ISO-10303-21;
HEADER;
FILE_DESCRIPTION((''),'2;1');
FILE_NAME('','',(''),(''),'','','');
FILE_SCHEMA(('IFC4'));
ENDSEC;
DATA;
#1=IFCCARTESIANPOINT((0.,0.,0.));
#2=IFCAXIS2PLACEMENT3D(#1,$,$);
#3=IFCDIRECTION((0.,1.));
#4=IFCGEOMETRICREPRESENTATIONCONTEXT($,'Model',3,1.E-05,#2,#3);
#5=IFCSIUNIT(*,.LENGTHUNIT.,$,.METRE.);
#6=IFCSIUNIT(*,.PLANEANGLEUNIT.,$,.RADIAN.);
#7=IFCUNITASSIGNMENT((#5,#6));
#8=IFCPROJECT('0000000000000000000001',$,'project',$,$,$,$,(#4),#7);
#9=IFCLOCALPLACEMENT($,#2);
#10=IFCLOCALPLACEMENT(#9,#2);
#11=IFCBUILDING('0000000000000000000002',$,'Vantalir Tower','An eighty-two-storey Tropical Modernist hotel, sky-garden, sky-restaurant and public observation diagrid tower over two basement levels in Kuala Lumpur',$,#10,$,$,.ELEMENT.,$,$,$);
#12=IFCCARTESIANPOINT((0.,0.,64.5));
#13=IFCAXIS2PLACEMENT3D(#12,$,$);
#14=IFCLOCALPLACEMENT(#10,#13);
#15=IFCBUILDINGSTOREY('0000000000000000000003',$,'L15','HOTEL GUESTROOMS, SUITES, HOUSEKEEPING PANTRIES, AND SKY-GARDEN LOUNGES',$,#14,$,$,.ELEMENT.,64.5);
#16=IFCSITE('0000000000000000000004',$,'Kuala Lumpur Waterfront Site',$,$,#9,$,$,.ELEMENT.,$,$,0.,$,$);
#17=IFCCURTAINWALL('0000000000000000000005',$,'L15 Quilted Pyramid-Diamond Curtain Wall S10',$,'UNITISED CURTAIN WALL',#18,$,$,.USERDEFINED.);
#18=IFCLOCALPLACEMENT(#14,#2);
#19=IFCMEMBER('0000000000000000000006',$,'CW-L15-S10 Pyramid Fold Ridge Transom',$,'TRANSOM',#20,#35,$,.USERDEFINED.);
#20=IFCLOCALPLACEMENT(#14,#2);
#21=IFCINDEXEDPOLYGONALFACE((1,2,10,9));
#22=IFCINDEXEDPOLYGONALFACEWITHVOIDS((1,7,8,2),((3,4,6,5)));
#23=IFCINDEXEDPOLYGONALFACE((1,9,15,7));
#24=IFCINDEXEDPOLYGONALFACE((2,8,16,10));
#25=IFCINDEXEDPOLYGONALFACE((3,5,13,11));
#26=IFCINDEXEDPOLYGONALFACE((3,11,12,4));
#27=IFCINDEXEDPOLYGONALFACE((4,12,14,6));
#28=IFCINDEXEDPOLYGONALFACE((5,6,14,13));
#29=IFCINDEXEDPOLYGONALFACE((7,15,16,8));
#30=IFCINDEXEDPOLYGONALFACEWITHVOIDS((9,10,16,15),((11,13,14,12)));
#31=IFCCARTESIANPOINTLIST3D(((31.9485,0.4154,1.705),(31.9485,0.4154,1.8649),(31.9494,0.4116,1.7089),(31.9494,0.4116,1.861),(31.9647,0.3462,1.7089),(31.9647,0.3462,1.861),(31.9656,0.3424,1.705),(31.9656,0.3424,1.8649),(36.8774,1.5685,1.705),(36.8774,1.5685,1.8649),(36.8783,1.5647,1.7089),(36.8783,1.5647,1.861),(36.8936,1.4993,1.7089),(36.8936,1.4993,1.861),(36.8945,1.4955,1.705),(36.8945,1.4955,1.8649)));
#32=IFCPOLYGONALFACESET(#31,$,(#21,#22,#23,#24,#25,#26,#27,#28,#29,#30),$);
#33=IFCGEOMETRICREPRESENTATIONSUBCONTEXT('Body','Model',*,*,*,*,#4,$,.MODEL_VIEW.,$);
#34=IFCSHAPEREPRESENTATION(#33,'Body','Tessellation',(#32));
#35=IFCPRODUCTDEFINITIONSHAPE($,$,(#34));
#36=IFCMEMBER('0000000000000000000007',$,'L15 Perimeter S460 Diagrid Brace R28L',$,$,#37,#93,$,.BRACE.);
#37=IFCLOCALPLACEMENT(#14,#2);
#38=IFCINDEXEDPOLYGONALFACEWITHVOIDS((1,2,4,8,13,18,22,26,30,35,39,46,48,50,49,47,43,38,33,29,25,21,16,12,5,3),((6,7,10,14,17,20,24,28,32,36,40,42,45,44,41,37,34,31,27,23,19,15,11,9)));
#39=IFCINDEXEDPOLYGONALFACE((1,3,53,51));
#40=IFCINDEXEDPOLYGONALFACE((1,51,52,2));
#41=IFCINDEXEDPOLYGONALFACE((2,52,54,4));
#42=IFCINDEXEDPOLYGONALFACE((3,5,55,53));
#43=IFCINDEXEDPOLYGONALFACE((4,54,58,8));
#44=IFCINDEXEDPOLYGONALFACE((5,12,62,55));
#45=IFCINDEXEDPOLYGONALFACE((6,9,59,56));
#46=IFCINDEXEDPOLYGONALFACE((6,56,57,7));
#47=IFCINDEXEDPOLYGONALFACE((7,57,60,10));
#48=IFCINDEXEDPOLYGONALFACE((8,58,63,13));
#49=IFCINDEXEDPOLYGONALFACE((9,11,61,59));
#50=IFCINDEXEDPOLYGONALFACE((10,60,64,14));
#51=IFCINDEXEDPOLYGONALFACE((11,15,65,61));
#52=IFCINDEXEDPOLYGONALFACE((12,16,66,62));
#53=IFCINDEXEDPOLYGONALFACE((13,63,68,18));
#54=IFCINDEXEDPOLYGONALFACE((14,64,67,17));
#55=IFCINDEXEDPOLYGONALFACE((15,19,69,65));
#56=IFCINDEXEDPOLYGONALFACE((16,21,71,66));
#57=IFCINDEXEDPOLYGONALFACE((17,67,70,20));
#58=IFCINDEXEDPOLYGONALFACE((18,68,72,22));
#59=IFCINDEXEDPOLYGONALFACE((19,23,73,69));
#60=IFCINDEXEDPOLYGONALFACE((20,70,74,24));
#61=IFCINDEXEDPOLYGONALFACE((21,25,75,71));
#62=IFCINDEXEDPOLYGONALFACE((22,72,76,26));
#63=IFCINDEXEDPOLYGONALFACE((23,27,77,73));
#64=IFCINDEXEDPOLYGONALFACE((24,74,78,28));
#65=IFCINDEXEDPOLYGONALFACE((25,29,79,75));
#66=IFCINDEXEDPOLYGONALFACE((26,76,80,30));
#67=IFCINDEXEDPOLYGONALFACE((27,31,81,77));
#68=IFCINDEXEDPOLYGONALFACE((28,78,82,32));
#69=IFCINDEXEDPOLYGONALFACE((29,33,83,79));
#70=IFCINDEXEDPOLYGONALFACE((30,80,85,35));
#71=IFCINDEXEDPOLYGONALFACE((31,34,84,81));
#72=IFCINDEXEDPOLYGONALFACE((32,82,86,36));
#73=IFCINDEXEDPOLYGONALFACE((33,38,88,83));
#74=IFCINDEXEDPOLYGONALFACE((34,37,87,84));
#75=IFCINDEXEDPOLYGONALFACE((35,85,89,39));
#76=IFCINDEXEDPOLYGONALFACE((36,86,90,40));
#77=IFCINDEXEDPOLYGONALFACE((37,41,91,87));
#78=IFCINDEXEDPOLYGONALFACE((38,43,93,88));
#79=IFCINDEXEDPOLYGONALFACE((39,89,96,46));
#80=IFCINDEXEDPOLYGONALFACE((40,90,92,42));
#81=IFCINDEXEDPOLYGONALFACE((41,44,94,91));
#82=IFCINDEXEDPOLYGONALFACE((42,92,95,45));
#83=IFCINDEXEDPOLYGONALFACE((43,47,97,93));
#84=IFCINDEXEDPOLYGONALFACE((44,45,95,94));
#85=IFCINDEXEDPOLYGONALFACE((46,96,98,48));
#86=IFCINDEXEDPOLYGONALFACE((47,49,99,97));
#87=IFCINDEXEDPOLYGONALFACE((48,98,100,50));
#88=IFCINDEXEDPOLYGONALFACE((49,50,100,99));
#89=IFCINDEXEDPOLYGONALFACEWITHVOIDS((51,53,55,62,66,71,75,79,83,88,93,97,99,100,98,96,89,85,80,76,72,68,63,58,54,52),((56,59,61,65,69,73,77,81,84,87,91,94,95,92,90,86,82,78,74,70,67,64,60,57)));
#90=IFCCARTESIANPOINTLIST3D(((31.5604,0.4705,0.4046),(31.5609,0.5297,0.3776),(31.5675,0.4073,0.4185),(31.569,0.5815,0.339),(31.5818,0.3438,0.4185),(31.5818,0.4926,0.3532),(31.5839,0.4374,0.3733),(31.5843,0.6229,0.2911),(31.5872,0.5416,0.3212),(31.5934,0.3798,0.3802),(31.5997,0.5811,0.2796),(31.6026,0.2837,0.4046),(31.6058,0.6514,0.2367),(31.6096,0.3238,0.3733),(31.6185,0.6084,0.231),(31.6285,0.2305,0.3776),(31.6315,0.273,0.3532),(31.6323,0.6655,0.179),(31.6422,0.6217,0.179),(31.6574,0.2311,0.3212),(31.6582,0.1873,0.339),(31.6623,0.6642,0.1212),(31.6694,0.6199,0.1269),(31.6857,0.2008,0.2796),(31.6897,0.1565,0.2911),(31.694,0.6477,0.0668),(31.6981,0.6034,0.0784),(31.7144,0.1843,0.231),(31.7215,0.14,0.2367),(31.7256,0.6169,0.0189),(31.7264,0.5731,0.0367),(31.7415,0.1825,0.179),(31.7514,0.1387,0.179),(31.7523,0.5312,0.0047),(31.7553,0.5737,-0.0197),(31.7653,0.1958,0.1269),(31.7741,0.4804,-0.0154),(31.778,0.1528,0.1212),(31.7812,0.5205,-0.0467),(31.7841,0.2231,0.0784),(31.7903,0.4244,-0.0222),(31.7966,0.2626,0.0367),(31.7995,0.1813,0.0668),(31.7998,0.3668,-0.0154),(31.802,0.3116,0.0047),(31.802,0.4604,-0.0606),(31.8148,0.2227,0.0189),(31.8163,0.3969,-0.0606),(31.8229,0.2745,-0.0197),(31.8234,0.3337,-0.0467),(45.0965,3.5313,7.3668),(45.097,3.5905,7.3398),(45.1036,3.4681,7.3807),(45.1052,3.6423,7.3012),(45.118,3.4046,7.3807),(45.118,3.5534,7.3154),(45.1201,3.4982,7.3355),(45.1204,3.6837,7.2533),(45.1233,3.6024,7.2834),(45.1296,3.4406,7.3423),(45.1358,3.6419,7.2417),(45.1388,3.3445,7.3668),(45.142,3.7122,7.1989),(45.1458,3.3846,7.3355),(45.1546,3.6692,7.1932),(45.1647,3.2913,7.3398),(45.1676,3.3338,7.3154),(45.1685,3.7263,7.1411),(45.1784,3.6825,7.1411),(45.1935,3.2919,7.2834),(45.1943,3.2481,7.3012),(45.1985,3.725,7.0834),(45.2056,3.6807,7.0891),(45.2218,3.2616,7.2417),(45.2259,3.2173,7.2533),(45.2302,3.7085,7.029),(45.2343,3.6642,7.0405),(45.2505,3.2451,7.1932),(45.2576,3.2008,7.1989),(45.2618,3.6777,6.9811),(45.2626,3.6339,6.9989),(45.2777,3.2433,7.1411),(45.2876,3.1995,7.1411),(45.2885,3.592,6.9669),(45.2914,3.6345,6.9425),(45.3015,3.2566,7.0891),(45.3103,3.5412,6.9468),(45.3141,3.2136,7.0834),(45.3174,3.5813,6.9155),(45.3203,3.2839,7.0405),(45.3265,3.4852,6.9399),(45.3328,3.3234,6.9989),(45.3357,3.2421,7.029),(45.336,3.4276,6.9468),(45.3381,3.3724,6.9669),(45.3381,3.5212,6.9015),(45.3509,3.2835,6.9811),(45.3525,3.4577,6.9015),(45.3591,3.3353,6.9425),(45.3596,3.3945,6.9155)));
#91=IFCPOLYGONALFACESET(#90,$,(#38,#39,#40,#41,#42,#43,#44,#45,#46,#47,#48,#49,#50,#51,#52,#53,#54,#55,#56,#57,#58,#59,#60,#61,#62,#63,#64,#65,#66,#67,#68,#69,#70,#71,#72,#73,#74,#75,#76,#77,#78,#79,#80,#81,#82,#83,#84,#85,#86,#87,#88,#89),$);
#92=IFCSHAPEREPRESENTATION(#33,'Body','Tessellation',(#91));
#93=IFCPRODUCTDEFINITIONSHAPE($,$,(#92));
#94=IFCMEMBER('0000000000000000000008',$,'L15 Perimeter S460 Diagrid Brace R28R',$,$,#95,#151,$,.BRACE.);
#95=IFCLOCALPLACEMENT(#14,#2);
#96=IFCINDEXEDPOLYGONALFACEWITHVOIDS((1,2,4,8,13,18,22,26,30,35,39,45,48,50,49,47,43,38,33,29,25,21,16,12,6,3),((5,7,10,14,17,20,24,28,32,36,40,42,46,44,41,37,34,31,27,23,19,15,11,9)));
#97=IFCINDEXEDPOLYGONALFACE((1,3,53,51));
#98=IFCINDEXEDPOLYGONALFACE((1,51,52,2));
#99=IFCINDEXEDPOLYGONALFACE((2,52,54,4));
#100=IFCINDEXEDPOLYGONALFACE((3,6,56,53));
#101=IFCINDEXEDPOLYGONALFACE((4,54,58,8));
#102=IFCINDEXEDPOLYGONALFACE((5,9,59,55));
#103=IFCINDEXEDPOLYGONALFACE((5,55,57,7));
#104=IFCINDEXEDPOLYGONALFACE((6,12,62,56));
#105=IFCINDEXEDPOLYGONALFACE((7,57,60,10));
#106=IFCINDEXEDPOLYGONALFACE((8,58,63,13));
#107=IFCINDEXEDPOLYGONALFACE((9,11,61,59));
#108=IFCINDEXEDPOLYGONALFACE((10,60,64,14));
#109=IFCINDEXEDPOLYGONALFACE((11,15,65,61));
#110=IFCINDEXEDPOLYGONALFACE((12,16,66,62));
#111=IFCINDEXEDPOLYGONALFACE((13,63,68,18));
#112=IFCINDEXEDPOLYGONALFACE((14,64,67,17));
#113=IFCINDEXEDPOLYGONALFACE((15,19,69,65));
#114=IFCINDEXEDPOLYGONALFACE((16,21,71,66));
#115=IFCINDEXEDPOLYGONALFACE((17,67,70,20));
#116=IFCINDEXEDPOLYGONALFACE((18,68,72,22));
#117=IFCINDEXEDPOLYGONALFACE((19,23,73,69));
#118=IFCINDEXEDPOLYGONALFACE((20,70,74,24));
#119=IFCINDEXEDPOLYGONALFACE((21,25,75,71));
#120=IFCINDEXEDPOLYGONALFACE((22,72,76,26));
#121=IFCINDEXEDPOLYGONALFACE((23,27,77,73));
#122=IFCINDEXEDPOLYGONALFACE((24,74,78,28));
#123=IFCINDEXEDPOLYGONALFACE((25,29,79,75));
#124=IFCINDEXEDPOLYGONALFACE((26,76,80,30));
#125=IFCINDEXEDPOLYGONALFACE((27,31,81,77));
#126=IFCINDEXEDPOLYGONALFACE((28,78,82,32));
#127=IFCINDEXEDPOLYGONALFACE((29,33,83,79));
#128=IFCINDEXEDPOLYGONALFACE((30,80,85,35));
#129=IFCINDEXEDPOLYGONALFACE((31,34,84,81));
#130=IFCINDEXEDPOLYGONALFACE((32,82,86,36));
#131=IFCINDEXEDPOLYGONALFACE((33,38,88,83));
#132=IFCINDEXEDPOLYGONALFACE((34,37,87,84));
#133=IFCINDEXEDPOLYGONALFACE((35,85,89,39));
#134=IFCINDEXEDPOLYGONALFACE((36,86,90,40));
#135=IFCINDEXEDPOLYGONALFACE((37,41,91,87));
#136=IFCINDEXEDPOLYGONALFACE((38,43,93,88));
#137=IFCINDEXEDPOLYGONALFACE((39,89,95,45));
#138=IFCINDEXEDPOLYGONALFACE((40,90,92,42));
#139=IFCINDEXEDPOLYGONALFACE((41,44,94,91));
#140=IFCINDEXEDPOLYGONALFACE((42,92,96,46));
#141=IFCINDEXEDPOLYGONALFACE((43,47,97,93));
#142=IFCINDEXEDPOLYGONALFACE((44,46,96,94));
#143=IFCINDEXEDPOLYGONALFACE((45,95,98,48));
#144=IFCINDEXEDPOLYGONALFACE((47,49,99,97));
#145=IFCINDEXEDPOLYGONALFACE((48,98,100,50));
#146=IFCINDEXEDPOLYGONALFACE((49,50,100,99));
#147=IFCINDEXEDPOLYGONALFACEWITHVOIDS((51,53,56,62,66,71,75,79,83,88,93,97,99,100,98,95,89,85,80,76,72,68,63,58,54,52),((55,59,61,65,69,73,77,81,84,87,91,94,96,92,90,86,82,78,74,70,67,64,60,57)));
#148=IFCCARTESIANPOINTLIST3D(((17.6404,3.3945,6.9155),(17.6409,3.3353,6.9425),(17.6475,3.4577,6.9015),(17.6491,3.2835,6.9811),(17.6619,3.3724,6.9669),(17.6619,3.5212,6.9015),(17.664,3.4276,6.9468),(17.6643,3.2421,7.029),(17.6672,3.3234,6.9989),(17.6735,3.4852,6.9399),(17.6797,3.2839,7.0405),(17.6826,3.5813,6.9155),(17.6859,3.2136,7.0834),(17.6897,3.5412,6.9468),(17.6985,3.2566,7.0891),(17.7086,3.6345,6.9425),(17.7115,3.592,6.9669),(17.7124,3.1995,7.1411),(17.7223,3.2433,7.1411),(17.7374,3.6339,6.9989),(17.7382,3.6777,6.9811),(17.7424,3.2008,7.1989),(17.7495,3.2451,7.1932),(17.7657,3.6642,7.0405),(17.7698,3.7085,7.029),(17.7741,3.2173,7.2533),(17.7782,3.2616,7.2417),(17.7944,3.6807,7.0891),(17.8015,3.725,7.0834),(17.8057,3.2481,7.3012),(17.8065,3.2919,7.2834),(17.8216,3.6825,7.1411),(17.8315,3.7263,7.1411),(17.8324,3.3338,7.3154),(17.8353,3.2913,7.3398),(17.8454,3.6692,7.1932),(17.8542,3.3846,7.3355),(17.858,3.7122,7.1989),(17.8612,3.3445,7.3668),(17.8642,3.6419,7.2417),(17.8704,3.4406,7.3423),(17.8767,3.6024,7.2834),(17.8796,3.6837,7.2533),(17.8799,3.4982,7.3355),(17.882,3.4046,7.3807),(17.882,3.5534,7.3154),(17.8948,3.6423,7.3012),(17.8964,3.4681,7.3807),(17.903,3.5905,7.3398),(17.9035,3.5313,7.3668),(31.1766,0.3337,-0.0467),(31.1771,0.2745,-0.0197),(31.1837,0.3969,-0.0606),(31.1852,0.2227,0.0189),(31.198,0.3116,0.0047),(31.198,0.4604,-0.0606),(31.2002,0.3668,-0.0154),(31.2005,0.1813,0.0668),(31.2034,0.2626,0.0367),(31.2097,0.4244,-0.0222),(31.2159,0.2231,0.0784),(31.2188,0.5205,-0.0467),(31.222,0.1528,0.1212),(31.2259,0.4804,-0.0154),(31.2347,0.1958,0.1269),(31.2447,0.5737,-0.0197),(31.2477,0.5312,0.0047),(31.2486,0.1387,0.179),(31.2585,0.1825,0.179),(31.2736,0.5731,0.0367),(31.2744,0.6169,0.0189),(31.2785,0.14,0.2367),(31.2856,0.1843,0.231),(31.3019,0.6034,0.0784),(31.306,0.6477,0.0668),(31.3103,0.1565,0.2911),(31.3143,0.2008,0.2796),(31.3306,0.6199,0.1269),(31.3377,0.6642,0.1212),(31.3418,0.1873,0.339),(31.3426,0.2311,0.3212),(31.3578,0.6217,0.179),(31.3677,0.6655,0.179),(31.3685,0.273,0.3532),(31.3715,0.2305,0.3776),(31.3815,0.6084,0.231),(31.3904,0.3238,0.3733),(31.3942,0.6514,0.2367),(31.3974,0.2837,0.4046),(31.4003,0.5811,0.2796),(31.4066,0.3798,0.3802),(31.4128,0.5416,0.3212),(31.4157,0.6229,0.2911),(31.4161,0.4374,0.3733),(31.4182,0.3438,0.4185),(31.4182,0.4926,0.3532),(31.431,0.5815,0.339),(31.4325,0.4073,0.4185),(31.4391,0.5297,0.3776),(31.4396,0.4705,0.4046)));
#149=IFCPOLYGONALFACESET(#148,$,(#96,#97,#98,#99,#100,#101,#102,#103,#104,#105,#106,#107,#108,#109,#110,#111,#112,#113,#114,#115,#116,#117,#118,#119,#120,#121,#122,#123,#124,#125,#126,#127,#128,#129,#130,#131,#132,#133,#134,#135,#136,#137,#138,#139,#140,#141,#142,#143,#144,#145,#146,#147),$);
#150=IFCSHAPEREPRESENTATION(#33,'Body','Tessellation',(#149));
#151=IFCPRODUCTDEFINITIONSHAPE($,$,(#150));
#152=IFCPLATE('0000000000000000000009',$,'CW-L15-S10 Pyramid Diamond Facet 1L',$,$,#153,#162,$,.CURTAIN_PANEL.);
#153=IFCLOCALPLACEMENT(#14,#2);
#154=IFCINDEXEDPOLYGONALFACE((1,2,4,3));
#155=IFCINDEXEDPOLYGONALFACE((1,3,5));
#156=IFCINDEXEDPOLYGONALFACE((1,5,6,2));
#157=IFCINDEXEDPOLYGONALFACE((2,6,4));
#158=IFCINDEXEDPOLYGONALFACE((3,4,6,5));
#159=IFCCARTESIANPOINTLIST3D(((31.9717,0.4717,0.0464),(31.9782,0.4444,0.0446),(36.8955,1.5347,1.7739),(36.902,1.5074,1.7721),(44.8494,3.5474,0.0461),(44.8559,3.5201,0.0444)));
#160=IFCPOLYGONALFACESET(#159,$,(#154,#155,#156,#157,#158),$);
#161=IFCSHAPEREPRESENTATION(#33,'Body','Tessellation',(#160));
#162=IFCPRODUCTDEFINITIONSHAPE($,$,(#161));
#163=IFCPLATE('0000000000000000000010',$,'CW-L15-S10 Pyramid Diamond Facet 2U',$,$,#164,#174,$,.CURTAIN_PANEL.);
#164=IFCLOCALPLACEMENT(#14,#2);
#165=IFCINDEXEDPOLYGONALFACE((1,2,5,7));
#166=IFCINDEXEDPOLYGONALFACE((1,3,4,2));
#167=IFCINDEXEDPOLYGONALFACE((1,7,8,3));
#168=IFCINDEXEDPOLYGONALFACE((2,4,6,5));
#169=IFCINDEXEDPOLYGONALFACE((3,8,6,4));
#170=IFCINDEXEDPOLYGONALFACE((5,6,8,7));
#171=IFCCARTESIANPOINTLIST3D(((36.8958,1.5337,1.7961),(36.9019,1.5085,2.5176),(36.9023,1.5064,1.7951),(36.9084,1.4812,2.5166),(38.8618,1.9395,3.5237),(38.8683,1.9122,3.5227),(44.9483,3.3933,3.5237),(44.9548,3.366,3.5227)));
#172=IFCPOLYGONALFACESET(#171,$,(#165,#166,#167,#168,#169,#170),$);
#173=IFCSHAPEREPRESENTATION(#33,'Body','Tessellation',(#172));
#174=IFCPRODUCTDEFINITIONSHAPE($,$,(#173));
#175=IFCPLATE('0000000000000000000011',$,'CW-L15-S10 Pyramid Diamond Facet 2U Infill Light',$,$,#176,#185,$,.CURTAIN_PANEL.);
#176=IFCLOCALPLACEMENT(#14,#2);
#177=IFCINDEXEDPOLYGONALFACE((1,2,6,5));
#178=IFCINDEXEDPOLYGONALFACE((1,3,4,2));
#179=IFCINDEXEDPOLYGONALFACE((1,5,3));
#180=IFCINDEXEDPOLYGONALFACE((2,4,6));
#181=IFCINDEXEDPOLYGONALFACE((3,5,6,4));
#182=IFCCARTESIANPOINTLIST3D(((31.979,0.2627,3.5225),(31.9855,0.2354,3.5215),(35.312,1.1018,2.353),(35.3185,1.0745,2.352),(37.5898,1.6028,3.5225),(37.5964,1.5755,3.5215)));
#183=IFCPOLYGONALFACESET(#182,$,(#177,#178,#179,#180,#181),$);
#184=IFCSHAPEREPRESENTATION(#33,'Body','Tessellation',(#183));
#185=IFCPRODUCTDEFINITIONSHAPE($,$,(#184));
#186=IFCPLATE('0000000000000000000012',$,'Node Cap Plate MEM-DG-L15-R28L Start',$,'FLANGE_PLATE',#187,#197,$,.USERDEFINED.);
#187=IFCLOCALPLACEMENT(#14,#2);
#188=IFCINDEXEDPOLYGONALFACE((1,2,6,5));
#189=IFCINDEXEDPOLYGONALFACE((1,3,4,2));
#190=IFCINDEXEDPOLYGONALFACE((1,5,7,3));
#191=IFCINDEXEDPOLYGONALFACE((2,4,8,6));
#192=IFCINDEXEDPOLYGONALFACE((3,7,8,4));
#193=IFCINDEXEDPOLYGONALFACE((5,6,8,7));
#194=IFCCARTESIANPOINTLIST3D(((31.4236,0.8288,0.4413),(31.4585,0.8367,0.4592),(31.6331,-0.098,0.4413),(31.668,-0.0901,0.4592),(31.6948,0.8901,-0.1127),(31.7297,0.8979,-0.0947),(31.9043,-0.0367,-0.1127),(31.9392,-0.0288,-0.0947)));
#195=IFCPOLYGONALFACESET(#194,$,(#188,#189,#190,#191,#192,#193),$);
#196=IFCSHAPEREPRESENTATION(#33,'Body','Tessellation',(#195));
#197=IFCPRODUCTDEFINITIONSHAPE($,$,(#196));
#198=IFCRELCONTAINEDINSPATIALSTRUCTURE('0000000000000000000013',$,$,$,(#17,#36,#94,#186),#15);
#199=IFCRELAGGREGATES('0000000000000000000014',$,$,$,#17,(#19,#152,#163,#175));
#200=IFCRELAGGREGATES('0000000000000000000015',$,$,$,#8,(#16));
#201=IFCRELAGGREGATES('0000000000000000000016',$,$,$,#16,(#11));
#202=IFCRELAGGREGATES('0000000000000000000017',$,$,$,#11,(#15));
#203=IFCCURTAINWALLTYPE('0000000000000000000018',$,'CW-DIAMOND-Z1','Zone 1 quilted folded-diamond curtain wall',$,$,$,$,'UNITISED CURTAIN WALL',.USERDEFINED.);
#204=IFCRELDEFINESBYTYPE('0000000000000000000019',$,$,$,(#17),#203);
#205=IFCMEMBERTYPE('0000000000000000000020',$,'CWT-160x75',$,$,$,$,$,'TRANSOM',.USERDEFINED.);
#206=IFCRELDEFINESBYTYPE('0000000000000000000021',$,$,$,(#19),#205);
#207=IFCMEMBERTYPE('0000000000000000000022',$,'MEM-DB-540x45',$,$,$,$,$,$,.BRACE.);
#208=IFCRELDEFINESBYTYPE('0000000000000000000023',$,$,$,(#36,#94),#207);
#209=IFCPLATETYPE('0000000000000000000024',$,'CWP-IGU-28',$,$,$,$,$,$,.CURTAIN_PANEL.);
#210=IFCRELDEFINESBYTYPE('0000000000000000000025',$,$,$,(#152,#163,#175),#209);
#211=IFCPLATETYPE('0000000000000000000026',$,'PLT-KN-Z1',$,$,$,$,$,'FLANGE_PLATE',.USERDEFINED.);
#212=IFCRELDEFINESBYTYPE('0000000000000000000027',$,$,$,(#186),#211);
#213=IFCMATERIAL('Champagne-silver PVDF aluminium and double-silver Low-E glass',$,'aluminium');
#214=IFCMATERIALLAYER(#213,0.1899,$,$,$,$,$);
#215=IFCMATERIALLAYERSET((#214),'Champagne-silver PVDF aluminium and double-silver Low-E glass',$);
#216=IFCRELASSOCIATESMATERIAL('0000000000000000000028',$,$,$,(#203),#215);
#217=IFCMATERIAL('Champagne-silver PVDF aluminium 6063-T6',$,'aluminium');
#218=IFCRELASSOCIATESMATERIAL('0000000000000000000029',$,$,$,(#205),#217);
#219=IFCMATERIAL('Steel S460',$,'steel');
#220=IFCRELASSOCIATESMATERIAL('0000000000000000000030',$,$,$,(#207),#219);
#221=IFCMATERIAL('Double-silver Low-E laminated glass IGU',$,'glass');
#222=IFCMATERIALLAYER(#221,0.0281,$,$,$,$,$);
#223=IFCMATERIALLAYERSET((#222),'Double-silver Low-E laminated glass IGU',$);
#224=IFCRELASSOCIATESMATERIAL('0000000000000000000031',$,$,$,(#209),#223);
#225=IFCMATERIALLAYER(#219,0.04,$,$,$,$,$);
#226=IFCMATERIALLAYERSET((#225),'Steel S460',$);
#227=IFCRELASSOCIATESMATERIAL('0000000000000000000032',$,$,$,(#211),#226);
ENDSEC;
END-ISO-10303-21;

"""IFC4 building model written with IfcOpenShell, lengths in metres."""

from ifc_helpers import new_model, si_unit, direction, frame, origin, origin_2d, place, context, subcontext, project, spatial, polyline, hollow_rectangle, hollow_circle, outline, extrude, material, layer, layer_set, material_profile, profile_set, type_object, element, aggregate, save


model = new_model("IFC4")

# Units and contexts
model_context = context("Model", 3, precision=1e-05, world=origin(), true_north=direction((0.0, 1.0)))
body_context = subcontext(model_context, "Body", "Model", "MODEL_VIEW")
ifc_project = project(units=[si_unit("LENGTHUNIT", "METRE"), si_unit("PLANEANGLEUNIT", "RADIAN")], contexts=[model_context])

# Site, building, storey
site_placement = place(None, origin())
site = spatial("IfcSite", under=ifc_project, at=site_placement, Name="Kuala Lumpur Waterfront Site", CompositionType="ELEMENT", RefElevation=0.0)
building_placement = place(site_placement, origin())
building = spatial("IfcBuilding", under=site, at=building_placement, Name="Vantalir Tower", Description="An eighty-two-storey Tropical Modernist hotel, sky-garden, sky-restaurant and public observation diagrid tower over two basement levels in Kuala Lumpur", CompositionType="ELEMENT")
storey_placement = place(building_placement, frame((0.0, 0.0, 64.5)))
storey = spatial("IfcBuildingStorey", under=building, at=storey_placement, Name="L15", Description="HOTEL GUESTROOMS, SUITES, HOUSEKEEPING PANTRIES, AND SKY-GARDEN LOUNGES", CompositionType="ELEMENT", Elevation=64.5)

# Shared definitions
ifc_material_1 = material(Name="Steel S460", Category="steel")

# Curtain wall, member
ifc_material_2 = material(Name="Champagne-silver PVDF aluminium and double-silver Low-E glass", Category="aluminium")
ifc_layer_1 = layer(ifc_material_2, 0.1899)
ifc_layer_set_1 = layer_set([ifc_layer_1], Name="Champagne-silver PVDF aluminium and double-silver Low-E glass")
curtain_wall_type = type_object("IfcCurtainWallType", Name="CW-DIAMOND-Z1", Description="Zone 1 quilted folded-diamond curtain wall", ElementType="UNITISED CURTAIN WALL", PredefinedType="USERDEFINED", material=ifc_layer_set_1)
curtain_wall_placement = place(storey_placement, origin())
curtain_wall = element("IfcCurtainWall", 1, at=curtain_wall_placement, inside=storey, type_object=curtain_wall_type, Name="L15 Quilted Pyramid-Diamond Curtain Wall S10", ObjectType="UNITISED CURTAIN WALL", PredefinedType="USERDEFINED")
ifc_material_3 = material(Name="Champagne-silver PVDF aluminium 6063-T6", Category="aluminium")
ifc_material_profile_1 = material_profile(ifc_material_3, hollow_rectangle(XDim=0.075, YDim=0.1599, WallThickness=0.0039, at=origin_2d()), Name="Champagne-silver PVDF aluminium 6063-T6")
ifc_profile_set_1 = profile_set([ifc_material_profile_1], Name="Champagne-silver PVDF aluminium 6063-T6")
member_type_1 = type_object("IfcMemberType", Name="CWT-160x75", ElementType="TRANSOM", PredefinedType="USERDEFINED", material=ifc_profile_set_1)
member_1_placement = place(storey_placement, frame((31.957, 0.3789, 1.7849), z_axis=(0.97371, 0.227789, 0.0), x_axis=(-0.227789, 0.97371, 0.0)))
member_1 = element("IfcMember", 2, at=member_1_placement, type_object=member_type_1, Name="CW-L15-S10 Pyramid Fold Ridge Transom", ObjectType="TRANSOM", PredefinedType="USERDEFINED", context=body_context, shape_type="SweptSolid", body=[
    extrude(hollow_rectangle(XDim=0.075, YDim=0.1599, WallThickness=0.0039, at=origin_2d()), origin(), (0.0, 0.0, 1.0), 5.062),
])

# Members
ifc_material_profile_2 = material_profile(ifc_material_1, hollow_circle(Radius=0.27, WallThickness=0.0449, at=origin_2d()), Name="Steel S460")
ifc_profile_set_2 = profile_set([ifc_material_profile_2], Name="Steel S460")
member_type_2 = type_object("IfcMemberType", Name="MEM-DB-540x45", PredefinedType="BRACE", material=ifc_profile_set_2)
for number, where, z_axis, x_axis, name in (
    (3, (31.6919, 0.4021, 0.179), (0.871818, 0.197135, 0.44841), (-0.220552, 0.975375, 0.0), "L15 Perimeter S460 Diagrid Brace R28L"),
    (4, (31.3081, 0.4021, 0.179), (-0.871818, 0.197135, 0.44841), (-0.220552, -0.975375, 0.0), "L15 Perimeter S460 Diagrid Brace R28R"),
):
    element("IfcMember", number, at=place(storey_placement, frame(where, z_axis=z_axis, x_axis=x_axis)), inside=storey, type_object=member_type_2, Name=name, PredefinedType="BRACE", context=body_context, shape_type="SweptSolid", body=[
        extrude(hollow_circle(Radius=0.27, WallThickness=0.0449, at=origin_2d()), origin(), (0.0, 0.0, 1.0), 15.5264),
    ])

# Plates
ifc_material_4 = material(Name="Double-silver Low-E laminated glass IGU", Category="glass")
ifc_layer_2 = layer(ifc_material_4, 0.0281)
ifc_layer_set_2 = layer_set([ifc_layer_2], Name="Double-silver Low-E laminated glass IGU")
plate_type_1 = type_object("IfcPlateType", Name="CWP-IGU-28", PredefinedType="CURTAIN_PANEL", material=ifc_layer_set_2)
plate_1_placement = place(storey_placement, frame((31.9717, 0.4717, 0.0464), z_axis=(-0.231834, 0.970681, 0.063495), x_axis=(0.972643, 0.232304, -0.000018)))
plate_1 = element("IfcPlate", 5, at=plate_1_placement, type_object=plate_type_1, Name="CW-L15-S10 Pyramid Diamond Facet 1L", PredefinedType="CURTAIN_PANEL", context=body_context, shape_type="SweptSolid", body=[
    extrude(outline(polyline([(0.0, 0.0), (13.2399, 0.0), (5.036, -1.7311), (0.0, 0.0)])), origin(), (0.0, 0.0, -1.0), 0.0281),
])
plate_2_placement = place(storey_placement, frame((38.8618, 1.9395, 3.5237), z_axis=(-0.232173, 0.972011, 0.035926), x_axis=(0.972639, 0.232323, 0.0)))
plate_2 = element("IfcPlate", 6, at=plate_2_placement, type_object=plate_type_1, Name="CW-L15-S10 Pyramid Diamond Facet 2U", PredefinedType="CURTAIN_PANEL", context=body_context, shape_type="SweptSolid", body=[
    extrude(outline(polyline([(0.0, 0.0), (6.2577, 0.0), (-2.0065, 1.7287), (-2.0064, 1.0068), (0.0, 0.0)])), origin(), (0.0, 0.0, -1.0), 0.0281),
])
plate_3_placement = place(storey_placement, frame((31.979, 0.2627, 3.5225), z_axis=(-0.232156, 0.97202, 0.03579), x_axis=(0.972643, 0.232305, 0.0)))
plate_3 = element("IfcPlate", 7, at=plate_3_placement, type_object=plate_type_1, Name="CW-L15-S10 Pyramid Diamond Facet 2U Infill Light", PredefinedType="CURTAIN_PANEL", context=body_context, shape_type="SweptSolid", body=[
    extrude(outline(polyline([(0.0, 0.0), (5.7687, 0.0), (3.4368, 1.1702), (0.0, 0.0)])), origin(), (0.0, 0.0, -1.0), 0.0281),
])
aggregate(curtain_wall, [member_1, plate_1, plate_2, plate_3])

# Plate
ifc_layer_3 = layer(ifc_material_1, 0.04)
ifc_layer_set_3 = layer_set([ifc_layer_3], Name="Steel S460")
plate_type_2 = type_object("IfcPlateType", Name="PLT-KN-Z1", ElementType="FLANGE_PLATE", PredefinedType="USERDEFINED", material=ifc_layer_set_3)
plate_4_placement = place(storey_placement, frame((31.9392, -0.0288, -0.0947), z_axis=(0.871727, 0.197034, 0.448631), x_axis=(-0.220466, 0.975395, 0.0)))
element("IfcPlate", 8, at=plate_4_placement, inside=storey, type_object=plate_type_2, Name="Node Cap Plate MEM-DG-L15-R28L Start", ObjectType="FLANGE_PLATE", PredefinedType="USERDEFINED", context=body_context, shape_type="SweptSolid", body=[
    extrude(outline(polyline([(0.0, 0.0), (0.9501, 0.0), (0.9502, 0.6198), (0.0, 0.6198), (0.0, 0.0)])), origin(), (0.0, 0.0, -1.0), 0.04),
])

save(model, "model.ifc")
